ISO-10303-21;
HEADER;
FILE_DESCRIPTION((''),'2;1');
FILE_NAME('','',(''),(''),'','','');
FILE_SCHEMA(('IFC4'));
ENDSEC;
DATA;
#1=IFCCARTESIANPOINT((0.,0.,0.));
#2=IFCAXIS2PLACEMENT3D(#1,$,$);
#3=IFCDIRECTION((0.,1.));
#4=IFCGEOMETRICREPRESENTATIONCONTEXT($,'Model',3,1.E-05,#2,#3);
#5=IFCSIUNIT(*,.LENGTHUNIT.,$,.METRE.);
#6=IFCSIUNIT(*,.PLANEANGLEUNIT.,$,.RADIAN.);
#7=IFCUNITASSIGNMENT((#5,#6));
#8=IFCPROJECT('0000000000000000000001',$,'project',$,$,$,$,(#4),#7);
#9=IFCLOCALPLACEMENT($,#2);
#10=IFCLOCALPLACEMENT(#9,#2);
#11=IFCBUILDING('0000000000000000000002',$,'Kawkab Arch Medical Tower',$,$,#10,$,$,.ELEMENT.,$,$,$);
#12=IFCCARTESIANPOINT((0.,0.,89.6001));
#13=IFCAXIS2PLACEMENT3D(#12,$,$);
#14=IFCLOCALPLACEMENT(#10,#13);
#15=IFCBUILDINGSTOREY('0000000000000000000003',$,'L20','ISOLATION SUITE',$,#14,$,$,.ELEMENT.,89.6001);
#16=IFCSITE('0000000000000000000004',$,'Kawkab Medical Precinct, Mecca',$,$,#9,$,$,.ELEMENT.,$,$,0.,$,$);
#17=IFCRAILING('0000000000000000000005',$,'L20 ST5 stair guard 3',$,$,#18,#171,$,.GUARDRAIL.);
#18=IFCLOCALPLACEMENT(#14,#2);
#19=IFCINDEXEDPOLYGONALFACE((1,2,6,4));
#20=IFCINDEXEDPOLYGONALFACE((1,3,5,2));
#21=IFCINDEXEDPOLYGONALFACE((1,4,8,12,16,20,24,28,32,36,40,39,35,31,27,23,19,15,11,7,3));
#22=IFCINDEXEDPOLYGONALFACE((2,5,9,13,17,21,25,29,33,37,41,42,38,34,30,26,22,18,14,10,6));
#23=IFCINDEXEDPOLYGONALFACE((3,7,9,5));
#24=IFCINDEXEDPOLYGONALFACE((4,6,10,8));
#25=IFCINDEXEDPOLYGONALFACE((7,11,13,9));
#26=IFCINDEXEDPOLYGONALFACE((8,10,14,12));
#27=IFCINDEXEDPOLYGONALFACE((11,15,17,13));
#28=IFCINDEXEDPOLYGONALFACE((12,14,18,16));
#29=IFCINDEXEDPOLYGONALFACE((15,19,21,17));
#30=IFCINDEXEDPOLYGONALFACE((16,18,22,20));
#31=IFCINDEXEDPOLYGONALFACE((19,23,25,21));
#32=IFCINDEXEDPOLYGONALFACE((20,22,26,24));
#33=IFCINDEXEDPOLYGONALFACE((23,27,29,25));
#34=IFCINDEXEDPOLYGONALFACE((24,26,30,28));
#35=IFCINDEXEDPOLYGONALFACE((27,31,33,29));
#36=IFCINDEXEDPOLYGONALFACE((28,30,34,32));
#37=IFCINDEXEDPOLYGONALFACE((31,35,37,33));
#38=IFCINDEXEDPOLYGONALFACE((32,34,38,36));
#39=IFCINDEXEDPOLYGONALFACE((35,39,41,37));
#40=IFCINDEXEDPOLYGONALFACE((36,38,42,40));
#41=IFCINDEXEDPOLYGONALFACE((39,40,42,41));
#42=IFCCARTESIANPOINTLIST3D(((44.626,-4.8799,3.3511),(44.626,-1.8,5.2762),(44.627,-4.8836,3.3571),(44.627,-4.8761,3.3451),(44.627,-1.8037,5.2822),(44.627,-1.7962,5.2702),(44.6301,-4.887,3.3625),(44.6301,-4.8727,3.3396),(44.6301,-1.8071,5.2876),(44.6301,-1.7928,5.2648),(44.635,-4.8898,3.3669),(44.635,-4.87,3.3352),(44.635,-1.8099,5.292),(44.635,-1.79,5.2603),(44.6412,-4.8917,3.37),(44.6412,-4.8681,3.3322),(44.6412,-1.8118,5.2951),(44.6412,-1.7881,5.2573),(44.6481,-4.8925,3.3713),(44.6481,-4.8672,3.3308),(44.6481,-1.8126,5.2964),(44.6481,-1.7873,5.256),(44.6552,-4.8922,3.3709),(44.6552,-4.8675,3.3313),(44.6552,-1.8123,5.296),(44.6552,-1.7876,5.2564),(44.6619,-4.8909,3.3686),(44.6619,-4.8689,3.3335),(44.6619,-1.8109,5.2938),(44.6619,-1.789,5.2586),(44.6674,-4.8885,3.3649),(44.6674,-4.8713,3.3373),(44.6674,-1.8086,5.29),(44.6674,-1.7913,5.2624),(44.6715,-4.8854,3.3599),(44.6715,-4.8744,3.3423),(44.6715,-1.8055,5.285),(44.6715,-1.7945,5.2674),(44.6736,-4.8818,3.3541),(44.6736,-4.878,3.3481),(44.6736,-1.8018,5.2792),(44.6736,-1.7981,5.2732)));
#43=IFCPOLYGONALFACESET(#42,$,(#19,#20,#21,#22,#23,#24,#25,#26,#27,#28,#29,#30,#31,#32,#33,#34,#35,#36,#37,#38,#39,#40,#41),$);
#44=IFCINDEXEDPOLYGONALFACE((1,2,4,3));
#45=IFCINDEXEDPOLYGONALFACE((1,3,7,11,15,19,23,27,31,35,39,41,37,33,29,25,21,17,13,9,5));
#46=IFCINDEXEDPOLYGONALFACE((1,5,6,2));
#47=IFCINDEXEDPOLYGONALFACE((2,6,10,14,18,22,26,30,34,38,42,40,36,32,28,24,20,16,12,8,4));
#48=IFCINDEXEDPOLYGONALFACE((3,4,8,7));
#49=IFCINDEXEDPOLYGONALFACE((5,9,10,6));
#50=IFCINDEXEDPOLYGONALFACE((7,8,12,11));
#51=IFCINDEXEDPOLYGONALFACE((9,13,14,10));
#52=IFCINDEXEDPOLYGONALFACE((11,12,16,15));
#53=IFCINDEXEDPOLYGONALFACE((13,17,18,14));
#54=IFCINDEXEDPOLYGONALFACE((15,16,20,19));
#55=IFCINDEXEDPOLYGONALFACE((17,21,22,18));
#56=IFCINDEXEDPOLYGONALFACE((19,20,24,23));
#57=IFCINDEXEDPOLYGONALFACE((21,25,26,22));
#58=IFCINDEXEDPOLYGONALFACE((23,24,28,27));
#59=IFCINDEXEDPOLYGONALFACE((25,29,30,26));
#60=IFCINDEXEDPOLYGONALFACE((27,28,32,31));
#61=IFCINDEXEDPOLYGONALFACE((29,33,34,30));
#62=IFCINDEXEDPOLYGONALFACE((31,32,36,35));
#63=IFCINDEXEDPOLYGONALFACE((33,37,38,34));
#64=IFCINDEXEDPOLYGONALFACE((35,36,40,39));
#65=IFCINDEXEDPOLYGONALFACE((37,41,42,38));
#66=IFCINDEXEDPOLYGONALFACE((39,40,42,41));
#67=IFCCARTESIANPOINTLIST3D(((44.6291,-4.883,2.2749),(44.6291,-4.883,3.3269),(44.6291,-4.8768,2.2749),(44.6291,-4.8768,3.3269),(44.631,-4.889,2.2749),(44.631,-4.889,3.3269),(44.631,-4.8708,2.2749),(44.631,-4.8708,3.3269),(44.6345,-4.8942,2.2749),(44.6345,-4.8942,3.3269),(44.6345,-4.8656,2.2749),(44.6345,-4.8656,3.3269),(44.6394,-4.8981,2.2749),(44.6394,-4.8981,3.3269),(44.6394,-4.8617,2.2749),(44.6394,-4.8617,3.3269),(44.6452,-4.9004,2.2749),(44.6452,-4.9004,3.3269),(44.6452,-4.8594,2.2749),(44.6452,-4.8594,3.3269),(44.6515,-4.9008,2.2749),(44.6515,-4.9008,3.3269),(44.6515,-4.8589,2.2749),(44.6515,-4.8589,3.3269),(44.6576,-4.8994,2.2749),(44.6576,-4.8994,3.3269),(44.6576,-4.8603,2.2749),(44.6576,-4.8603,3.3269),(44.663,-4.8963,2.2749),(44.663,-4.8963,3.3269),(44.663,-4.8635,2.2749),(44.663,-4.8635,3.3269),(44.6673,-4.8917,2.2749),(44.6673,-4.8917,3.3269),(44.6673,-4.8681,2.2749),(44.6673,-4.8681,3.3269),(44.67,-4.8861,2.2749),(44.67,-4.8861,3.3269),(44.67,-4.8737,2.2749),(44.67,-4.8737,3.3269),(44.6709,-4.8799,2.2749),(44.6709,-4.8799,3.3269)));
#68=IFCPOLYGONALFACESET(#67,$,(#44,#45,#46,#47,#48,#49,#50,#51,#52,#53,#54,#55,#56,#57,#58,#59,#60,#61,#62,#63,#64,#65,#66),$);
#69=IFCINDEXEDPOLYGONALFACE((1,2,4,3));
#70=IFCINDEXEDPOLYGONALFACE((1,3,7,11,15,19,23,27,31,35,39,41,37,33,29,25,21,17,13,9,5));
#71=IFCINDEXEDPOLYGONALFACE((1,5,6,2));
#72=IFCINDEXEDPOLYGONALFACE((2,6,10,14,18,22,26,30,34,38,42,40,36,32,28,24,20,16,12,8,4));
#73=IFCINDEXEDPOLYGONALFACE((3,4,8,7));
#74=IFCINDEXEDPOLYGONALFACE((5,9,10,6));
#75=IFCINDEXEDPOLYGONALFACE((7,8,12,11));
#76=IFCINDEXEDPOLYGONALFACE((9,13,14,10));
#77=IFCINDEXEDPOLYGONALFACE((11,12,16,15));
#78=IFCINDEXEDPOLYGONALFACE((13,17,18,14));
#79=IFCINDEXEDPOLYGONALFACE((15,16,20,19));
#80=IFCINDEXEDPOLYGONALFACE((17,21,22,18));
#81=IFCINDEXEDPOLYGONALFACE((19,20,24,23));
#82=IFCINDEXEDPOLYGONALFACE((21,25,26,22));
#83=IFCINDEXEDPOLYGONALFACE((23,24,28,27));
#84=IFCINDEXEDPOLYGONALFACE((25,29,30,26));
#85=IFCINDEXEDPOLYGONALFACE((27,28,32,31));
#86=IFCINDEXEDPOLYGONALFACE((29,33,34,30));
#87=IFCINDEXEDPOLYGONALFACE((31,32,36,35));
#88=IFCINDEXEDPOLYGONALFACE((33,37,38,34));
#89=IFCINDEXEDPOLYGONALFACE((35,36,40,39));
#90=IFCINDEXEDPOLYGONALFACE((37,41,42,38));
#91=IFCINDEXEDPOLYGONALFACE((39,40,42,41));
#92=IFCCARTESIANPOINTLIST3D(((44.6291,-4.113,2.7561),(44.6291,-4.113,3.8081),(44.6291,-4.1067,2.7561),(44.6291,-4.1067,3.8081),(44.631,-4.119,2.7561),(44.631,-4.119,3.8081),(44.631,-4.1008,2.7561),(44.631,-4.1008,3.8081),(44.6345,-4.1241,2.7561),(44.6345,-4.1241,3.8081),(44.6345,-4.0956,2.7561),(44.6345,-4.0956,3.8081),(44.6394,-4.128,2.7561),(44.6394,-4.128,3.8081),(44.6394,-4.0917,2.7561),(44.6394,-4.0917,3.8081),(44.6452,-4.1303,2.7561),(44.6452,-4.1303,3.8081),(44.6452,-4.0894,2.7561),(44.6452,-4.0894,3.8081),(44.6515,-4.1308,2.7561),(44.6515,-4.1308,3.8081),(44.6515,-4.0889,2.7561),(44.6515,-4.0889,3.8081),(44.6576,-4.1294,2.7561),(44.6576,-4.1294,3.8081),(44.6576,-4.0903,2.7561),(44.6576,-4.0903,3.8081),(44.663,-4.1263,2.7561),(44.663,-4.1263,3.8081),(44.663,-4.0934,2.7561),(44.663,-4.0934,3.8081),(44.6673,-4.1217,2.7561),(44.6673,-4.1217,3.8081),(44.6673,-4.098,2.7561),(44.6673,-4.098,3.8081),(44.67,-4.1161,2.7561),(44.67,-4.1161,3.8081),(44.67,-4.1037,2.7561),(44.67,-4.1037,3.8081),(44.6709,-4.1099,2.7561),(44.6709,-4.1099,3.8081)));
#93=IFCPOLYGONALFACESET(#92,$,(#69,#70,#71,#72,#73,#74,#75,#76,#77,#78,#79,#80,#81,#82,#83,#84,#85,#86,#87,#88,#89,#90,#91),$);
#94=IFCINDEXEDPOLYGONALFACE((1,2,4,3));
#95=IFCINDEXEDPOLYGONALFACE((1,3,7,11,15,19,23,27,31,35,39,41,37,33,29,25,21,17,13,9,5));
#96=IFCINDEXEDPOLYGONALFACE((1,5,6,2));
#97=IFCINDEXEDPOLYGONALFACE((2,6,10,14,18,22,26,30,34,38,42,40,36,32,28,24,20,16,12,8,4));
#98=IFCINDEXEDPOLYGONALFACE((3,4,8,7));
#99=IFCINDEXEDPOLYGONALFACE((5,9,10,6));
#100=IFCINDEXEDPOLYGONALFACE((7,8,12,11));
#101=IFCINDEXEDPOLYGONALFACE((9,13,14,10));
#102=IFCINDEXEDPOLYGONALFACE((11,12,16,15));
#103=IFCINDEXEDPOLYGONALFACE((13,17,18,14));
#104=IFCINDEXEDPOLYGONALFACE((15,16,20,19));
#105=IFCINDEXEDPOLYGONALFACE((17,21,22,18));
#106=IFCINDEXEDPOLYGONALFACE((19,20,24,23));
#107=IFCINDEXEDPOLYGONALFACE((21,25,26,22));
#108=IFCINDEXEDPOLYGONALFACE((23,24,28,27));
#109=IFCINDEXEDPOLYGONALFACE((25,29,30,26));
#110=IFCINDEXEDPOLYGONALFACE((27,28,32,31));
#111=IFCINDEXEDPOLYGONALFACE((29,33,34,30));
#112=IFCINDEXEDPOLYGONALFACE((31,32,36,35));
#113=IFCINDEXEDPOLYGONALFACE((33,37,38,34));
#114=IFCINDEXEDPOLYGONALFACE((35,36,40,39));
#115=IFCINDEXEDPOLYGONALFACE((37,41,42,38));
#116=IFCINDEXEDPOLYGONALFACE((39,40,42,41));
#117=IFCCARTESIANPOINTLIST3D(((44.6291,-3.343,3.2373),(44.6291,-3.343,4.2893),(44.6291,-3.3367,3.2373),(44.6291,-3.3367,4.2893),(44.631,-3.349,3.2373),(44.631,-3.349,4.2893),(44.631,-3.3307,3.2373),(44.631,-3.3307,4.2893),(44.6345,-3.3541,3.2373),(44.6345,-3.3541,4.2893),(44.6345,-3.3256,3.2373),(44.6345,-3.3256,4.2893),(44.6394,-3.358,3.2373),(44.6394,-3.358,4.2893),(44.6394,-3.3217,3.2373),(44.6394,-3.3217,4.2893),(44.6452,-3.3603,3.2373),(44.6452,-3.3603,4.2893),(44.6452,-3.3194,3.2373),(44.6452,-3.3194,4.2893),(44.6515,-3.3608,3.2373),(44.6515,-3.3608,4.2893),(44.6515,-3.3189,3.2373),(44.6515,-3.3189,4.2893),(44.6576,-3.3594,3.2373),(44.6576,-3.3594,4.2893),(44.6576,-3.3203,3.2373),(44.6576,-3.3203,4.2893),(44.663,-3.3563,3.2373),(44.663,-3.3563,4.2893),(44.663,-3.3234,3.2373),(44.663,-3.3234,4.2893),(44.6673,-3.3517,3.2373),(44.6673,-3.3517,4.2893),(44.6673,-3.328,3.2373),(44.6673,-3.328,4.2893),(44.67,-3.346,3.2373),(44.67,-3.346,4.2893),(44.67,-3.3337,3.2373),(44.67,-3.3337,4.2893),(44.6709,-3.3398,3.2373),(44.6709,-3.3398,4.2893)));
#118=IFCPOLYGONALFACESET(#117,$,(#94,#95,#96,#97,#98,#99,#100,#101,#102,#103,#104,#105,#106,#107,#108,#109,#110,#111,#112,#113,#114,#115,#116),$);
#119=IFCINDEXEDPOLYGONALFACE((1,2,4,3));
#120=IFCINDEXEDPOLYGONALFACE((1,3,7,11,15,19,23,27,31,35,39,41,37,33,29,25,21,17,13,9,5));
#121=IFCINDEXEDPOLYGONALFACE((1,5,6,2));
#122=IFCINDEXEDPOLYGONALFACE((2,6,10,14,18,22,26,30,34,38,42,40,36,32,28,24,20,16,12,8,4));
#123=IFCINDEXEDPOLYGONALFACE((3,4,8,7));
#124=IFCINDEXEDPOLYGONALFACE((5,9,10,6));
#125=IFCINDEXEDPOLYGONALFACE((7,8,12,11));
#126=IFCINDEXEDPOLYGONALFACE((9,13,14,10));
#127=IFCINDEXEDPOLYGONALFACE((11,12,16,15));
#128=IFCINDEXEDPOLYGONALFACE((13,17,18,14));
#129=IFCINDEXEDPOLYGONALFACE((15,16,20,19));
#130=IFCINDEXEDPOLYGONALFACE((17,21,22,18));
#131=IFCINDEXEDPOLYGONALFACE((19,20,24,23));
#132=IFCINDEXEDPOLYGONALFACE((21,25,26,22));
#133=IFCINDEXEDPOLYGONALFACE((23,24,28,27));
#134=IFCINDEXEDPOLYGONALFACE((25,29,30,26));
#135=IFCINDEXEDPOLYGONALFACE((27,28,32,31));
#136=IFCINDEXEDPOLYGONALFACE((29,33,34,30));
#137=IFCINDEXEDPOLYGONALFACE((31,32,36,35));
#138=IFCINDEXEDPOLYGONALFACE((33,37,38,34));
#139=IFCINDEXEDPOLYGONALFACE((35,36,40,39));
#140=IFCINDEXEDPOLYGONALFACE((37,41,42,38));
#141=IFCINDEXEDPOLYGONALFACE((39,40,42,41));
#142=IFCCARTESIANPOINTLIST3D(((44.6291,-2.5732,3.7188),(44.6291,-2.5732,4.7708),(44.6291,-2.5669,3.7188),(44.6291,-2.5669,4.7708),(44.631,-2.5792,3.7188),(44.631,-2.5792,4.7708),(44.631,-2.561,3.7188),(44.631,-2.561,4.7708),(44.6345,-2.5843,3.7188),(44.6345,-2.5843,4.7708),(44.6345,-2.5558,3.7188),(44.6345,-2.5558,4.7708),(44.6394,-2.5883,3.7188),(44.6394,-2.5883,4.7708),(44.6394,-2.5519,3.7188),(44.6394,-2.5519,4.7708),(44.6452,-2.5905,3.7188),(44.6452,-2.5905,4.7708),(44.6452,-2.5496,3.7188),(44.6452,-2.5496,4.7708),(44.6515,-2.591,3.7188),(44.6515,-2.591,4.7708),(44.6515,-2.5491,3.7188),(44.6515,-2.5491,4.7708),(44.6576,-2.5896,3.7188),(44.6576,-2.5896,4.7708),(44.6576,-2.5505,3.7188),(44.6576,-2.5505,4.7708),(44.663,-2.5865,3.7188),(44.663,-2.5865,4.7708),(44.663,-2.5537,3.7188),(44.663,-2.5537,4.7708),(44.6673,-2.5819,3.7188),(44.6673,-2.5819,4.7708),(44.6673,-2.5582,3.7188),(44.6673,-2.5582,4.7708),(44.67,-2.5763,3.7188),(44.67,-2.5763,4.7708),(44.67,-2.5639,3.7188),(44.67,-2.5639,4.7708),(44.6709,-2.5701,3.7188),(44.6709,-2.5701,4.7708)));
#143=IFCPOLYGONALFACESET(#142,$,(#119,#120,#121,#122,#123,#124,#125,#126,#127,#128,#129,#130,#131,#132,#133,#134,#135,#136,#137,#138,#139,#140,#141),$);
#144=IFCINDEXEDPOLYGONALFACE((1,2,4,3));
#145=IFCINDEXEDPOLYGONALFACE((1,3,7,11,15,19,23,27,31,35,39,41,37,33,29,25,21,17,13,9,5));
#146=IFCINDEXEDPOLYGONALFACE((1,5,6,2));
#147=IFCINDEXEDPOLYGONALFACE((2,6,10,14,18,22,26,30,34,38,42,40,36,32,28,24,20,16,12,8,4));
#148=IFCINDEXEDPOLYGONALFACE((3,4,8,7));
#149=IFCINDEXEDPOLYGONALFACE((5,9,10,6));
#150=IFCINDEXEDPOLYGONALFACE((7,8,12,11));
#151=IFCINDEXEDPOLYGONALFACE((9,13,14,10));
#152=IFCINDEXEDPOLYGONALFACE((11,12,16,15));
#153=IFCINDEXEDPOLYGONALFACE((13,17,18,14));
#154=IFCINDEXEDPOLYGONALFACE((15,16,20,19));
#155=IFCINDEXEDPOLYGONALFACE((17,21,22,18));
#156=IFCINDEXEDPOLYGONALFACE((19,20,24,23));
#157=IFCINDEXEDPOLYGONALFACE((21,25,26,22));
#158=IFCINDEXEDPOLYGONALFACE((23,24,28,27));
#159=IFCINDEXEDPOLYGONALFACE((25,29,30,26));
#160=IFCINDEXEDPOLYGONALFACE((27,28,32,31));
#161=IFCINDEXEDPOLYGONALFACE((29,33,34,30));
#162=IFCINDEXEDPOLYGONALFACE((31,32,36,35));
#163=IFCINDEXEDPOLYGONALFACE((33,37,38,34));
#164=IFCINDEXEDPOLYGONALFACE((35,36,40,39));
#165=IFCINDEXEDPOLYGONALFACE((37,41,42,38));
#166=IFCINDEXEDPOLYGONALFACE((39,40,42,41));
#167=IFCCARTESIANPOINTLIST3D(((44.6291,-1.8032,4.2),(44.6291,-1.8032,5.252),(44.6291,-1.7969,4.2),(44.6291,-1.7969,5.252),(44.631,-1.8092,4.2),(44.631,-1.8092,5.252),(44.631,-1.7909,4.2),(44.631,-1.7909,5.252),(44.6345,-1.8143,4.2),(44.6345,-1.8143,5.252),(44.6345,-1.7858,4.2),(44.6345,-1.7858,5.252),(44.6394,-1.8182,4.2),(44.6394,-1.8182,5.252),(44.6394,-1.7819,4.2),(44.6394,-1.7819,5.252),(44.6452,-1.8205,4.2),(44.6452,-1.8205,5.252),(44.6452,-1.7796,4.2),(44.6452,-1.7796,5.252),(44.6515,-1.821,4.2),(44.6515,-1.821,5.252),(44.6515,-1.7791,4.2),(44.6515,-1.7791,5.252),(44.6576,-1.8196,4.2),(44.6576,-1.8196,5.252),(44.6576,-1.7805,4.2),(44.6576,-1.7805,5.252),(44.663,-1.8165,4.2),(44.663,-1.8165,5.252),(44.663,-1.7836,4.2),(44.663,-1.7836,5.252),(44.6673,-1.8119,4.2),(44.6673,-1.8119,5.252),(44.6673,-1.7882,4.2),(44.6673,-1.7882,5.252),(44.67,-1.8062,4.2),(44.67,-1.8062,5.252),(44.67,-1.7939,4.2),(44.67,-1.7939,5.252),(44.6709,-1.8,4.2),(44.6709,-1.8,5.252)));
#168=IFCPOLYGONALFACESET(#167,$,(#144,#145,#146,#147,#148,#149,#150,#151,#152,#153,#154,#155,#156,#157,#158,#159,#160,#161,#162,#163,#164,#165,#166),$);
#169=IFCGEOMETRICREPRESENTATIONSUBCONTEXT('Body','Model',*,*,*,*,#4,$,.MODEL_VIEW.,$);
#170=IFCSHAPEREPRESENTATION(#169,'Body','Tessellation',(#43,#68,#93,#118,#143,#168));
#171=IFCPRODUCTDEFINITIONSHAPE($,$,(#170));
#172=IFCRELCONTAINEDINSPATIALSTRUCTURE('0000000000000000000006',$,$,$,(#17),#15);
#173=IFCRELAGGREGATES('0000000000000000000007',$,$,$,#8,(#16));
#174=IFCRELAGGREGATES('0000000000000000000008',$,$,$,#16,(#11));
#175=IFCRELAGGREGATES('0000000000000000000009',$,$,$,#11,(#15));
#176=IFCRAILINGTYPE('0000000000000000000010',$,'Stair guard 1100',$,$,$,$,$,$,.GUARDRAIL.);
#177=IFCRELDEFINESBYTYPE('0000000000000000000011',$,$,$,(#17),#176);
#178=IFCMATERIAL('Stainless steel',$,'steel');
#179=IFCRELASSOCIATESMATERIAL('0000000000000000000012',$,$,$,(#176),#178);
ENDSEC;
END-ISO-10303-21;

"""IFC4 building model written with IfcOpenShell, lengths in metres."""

from ifc_helpers import new_model, si_unit, direction, frame, origin, origin_2d, place, context, subcontext, project, spatial, circle, extrude, material, type_object, element, save


model = new_model("IFC4")

# Units and contexts
model_context = context("Model", 3, precision=1e-05, world=origin(), true_north=direction((0.0, 1.0)))
body_context = subcontext(model_context, "Body", "Model", "MODEL_VIEW")
ifc_project = project(units=[si_unit("LENGTHUNIT", "METRE"), si_unit("PLANEANGLEUNIT", "RADIAN")], contexts=[model_context])

# Site, building, storey
site_placement = place(None, origin())
site = spatial("IfcSite", under=ifc_project, at=site_placement, Name="Kawkab Medical Precinct, Mecca", CompositionType="ELEMENT", RefElevation=0.0)
building_placement = place(site_placement, origin())
building = spatial("IfcBuilding", under=site, at=building_placement, Name="Kawkab Arch Medical Tower", CompositionType="ELEMENT")
storey_placement = place(building_placement, frame((0.0, 0.0, 89.6001)))
storey = spatial("IfcBuildingStorey", under=building, at=storey_placement, Name="L20", Description="ISOLATION SUITE", CompositionType="ELEMENT", Elevation=89.6001)

# Railing
ifc_material_1 = material(Name="Stainless steel", Category="steel")
railing_type = type_object("IfcRailingType", Name="Stair guard 1100", PredefinedType="GUARDRAIL", material=ifc_material_1)
railing_1_placement = place(storey_placement, frame((44.6499, -4.8799, 2.2749)))
element("IfcRailing", 1, at=railing_1_placement, inside=storey, type_object=railing_type, Name="L20 ST5 stair guard 3", PredefinedType="GUARDRAIL", context=body_context, shape_type="SweptSolid", body=[
    extrude(circle(Radius=0.0239, at=origin_2d()), frame((0.0, 0.0, 1.0762), z_axis=(0.0, 0.847979, 0.530029), x_axis=(-1.0, 0.0, 0.0)), (0.0, 0.0, 1.0), 3.6321),
    extrude(circle(Radius=0.021, at=origin_2d()), origin(), (0.0, 0.0, 1.0), 1.052),
    extrude(circle(Radius=0.021, at=origin_2d()), frame((0.0, 0.77, 0.4812)), (0.0, 0.0, 1.0), 1.052),
    extrude(circle(Radius=0.021, at=origin_2d()), frame((0.0, 1.54, 0.9624)), (0.0, 0.0, 1.0), 1.052),
    extrude(circle(Radius=0.021, at=origin_2d()), frame((0.0, 2.3098, 1.4438)), (0.0, 0.0, 1.0), 1.052),
    extrude(circle(Radius=0.021, at=origin_2d()), frame((0.0, 3.0798, 1.925)), (0.0, 0.0, 1.0), 1.052),
])

save(model, "model.ifc")
